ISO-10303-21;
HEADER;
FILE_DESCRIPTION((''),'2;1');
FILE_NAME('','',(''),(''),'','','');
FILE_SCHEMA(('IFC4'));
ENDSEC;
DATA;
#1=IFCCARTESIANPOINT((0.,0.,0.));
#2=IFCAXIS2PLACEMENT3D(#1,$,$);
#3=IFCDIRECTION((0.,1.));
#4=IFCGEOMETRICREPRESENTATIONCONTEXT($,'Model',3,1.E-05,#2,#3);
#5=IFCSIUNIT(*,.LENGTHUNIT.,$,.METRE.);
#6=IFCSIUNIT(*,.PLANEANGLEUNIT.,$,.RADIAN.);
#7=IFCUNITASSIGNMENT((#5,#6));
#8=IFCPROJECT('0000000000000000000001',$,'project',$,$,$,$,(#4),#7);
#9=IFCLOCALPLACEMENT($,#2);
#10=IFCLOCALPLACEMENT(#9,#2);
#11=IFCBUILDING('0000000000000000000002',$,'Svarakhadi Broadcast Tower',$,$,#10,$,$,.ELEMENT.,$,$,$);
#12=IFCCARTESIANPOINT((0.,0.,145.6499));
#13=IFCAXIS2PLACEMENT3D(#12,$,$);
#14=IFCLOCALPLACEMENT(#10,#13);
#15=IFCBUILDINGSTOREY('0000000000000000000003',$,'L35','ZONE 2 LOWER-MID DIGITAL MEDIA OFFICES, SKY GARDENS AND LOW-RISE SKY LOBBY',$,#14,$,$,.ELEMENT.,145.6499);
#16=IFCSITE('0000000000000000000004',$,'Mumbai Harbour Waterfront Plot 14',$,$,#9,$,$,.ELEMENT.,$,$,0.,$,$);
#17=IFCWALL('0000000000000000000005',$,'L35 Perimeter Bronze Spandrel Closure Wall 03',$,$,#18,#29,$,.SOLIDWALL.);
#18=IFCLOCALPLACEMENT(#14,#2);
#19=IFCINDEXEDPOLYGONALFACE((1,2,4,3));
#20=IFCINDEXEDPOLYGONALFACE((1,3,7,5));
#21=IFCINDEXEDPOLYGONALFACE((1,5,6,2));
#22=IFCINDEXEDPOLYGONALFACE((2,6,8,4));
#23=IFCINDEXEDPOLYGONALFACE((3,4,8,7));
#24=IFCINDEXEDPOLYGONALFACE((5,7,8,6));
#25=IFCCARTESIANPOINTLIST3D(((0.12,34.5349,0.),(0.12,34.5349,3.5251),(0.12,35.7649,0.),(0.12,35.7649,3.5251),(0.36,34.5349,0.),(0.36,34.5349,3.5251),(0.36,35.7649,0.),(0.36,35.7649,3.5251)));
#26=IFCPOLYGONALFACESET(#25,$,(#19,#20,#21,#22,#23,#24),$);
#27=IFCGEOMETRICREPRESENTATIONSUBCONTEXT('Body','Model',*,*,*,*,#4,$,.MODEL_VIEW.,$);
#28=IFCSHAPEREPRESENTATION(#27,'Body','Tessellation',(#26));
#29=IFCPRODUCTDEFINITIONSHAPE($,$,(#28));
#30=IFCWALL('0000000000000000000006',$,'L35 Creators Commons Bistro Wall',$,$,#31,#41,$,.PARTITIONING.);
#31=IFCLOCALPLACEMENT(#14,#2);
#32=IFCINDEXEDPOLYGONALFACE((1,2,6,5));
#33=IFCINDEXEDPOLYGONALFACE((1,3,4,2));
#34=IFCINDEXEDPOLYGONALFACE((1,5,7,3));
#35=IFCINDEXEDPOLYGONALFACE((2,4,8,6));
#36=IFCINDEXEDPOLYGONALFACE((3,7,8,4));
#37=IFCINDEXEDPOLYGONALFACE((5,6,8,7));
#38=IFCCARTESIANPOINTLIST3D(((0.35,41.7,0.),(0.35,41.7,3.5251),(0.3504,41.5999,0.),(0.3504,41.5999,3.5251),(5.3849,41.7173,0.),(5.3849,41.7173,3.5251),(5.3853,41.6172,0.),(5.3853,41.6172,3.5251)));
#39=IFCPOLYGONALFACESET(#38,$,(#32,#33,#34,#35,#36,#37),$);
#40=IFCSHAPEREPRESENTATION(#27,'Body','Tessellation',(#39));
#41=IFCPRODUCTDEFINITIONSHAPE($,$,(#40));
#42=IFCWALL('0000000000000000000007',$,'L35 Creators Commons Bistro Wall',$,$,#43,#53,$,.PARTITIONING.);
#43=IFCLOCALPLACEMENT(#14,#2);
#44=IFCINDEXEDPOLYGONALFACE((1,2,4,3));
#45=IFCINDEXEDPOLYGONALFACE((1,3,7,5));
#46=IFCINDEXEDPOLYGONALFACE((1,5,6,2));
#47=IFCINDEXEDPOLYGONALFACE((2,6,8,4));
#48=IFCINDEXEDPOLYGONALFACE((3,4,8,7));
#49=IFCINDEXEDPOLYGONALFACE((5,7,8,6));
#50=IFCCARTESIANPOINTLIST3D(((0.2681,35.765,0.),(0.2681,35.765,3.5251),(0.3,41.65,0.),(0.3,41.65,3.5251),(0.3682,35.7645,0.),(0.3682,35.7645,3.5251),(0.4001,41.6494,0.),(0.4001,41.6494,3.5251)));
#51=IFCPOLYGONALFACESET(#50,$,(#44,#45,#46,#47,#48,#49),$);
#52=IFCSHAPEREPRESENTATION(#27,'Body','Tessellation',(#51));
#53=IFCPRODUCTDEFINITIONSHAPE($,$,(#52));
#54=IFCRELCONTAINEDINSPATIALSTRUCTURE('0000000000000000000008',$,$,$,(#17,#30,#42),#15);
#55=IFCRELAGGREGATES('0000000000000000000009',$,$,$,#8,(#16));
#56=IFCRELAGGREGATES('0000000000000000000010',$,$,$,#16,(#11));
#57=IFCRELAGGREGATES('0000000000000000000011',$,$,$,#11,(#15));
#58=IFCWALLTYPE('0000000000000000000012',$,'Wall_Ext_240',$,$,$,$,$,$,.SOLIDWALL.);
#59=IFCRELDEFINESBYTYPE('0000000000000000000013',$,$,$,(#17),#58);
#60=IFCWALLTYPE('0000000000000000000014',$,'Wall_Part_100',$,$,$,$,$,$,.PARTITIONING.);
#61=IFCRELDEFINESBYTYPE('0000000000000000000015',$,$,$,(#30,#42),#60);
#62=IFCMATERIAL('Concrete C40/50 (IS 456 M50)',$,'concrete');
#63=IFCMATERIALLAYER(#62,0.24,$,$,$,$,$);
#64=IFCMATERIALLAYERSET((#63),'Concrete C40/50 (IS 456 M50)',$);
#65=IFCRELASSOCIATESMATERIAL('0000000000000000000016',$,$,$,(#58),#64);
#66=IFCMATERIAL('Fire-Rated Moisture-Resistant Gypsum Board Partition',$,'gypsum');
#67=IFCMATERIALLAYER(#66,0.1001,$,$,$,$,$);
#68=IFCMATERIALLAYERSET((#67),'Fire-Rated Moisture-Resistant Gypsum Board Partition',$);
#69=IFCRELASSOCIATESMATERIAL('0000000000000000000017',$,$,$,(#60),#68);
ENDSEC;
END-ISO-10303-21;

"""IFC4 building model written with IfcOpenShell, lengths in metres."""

from ifc_helpers import new_model, si_unit, direction, frame, frame_2d, origin, place, context, subcontext, project, spatial, rectangle, extrude, material, layer, layer_set, type_object, element, save


model = new_model("IFC4")

# Units and contexts
model_context = context("Model", 3, precision=1e-05, world=origin(), true_north=direction((0.0, 1.0)))
body_context = subcontext(model_context, "Body", "Model", "MODEL_VIEW")
ifc_project = project(units=[si_unit("LENGTHUNIT", "METRE"), si_unit("PLANEANGLEUNIT", "RADIAN")], contexts=[model_context])

# Site, building, storey
site_placement = place(None, origin())
site = spatial("IfcSite", under=ifc_project, at=site_placement, Name="Mumbai Harbour Waterfront Plot 14", CompositionType="ELEMENT", RefElevation=0.0)
building_placement = place(site_placement, origin())
building = spatial("IfcBuilding", under=site, at=building_placement, Name="Svarakhadi Broadcast Tower", CompositionType="ELEMENT")
storey_placement = place(building_placement, frame((0.0, 0.0, 145.6499)))
storey = spatial("IfcBuildingStorey", under=building, at=storey_placement, Name="L35", Description="ZONE 2 LOWER-MID DIGITAL MEDIA OFFICES, SKY GARDENS AND LOW-RISE SKY LOBBY", CompositionType="ELEMENT", Elevation=145.6499)

# Walls
ifc_material_1 = material(Name="Concrete C40/50 (IS 456 M50)", Category="concrete")
ifc_layer_1 = layer(ifc_material_1, 0.24)
ifc_layer_set_1 = layer_set([ifc_layer_1], Name="Concrete C40/50 (IS 456 M50)")
wall_type_1 = type_object("IfcWallType", Name="Wall_Ext_240", PredefinedType="SOLIDWALL", material=ifc_layer_set_1)
wall_1_placement = place(storey_placement, frame((0.24, 34.5349, 0.0), z_axis=(0.0, 0.0, 1.0), x_axis=(0.0, 1.0, 0.0)))
element("IfcWall", 1, at=wall_1_placement, inside=storey, type_object=wall_type_1, Name="L35 Perimeter Bronze Spandrel Closure Wall 03", PredefinedType="SOLIDWALL", context=body_context, shape_type="SweptSolid", body=[
    extrude(rectangle(XDim=1.23, YDim=0.24, at=frame_2d((0.615, 0.0))), origin(), (0.0, 0.0, 1.0), 3.5251),
])
ifc_material_2 = material(Name="Fire-Rated Moisture-Resistant Gypsum Board Partition", Category="gypsum")
ifc_layer_2 = layer(ifc_material_2, 0.1001)
ifc_layer_set_2 = layer_set([ifc_layer_2], Name="Fire-Rated Moisture-Resistant Gypsum Board Partition")
wall_type_2 = type_object("IfcWallType", Name="Wall_Part_100", PredefinedType="PARTITIONING", material=ifc_layer_set_2)
wall_2_placement = place(storey_placement, frame((0.3501, 41.6499, 0.0), z_axis=(0.0, 0.0, 1.0), x_axis=(0.999994, 0.003443, 0.0)))
element("IfcWall", 2, at=wall_2_placement, inside=storey, type_object=wall_type_2, Name="L35 Creators Commons Bistro Wall", PredefinedType="PARTITIONING", context=body_context, shape_type="SweptSolid", body=[
    extrude(rectangle(XDim=5.0349, YDim=0.1001, at=frame_2d((2.5176, 0.0))), origin(), (0.0, 0.0, 1.0), 3.5251),
])
wall_3_placement = place(storey_placement, frame((0.3181, 35.7649, 0.0), z_axis=(0.0, 0.0, 1.0), x_axis=(0.005434, 0.999985, 0.0)))
element("IfcWall", 3, at=wall_3_placement, inside=storey, type_object=wall_type_2, Name="L35 Creators Commons Bistro Wall", PredefinedType="PARTITIONING", context=body_context, shape_type="SweptSolid", body=[
    extrude(rectangle(XDim=5.885, YDim=0.1001, at=frame_2d((2.9424, 0.0))), origin(), (0.0, 0.0, 1.0), 3.5251),
])

save(model, "model.ifc")
